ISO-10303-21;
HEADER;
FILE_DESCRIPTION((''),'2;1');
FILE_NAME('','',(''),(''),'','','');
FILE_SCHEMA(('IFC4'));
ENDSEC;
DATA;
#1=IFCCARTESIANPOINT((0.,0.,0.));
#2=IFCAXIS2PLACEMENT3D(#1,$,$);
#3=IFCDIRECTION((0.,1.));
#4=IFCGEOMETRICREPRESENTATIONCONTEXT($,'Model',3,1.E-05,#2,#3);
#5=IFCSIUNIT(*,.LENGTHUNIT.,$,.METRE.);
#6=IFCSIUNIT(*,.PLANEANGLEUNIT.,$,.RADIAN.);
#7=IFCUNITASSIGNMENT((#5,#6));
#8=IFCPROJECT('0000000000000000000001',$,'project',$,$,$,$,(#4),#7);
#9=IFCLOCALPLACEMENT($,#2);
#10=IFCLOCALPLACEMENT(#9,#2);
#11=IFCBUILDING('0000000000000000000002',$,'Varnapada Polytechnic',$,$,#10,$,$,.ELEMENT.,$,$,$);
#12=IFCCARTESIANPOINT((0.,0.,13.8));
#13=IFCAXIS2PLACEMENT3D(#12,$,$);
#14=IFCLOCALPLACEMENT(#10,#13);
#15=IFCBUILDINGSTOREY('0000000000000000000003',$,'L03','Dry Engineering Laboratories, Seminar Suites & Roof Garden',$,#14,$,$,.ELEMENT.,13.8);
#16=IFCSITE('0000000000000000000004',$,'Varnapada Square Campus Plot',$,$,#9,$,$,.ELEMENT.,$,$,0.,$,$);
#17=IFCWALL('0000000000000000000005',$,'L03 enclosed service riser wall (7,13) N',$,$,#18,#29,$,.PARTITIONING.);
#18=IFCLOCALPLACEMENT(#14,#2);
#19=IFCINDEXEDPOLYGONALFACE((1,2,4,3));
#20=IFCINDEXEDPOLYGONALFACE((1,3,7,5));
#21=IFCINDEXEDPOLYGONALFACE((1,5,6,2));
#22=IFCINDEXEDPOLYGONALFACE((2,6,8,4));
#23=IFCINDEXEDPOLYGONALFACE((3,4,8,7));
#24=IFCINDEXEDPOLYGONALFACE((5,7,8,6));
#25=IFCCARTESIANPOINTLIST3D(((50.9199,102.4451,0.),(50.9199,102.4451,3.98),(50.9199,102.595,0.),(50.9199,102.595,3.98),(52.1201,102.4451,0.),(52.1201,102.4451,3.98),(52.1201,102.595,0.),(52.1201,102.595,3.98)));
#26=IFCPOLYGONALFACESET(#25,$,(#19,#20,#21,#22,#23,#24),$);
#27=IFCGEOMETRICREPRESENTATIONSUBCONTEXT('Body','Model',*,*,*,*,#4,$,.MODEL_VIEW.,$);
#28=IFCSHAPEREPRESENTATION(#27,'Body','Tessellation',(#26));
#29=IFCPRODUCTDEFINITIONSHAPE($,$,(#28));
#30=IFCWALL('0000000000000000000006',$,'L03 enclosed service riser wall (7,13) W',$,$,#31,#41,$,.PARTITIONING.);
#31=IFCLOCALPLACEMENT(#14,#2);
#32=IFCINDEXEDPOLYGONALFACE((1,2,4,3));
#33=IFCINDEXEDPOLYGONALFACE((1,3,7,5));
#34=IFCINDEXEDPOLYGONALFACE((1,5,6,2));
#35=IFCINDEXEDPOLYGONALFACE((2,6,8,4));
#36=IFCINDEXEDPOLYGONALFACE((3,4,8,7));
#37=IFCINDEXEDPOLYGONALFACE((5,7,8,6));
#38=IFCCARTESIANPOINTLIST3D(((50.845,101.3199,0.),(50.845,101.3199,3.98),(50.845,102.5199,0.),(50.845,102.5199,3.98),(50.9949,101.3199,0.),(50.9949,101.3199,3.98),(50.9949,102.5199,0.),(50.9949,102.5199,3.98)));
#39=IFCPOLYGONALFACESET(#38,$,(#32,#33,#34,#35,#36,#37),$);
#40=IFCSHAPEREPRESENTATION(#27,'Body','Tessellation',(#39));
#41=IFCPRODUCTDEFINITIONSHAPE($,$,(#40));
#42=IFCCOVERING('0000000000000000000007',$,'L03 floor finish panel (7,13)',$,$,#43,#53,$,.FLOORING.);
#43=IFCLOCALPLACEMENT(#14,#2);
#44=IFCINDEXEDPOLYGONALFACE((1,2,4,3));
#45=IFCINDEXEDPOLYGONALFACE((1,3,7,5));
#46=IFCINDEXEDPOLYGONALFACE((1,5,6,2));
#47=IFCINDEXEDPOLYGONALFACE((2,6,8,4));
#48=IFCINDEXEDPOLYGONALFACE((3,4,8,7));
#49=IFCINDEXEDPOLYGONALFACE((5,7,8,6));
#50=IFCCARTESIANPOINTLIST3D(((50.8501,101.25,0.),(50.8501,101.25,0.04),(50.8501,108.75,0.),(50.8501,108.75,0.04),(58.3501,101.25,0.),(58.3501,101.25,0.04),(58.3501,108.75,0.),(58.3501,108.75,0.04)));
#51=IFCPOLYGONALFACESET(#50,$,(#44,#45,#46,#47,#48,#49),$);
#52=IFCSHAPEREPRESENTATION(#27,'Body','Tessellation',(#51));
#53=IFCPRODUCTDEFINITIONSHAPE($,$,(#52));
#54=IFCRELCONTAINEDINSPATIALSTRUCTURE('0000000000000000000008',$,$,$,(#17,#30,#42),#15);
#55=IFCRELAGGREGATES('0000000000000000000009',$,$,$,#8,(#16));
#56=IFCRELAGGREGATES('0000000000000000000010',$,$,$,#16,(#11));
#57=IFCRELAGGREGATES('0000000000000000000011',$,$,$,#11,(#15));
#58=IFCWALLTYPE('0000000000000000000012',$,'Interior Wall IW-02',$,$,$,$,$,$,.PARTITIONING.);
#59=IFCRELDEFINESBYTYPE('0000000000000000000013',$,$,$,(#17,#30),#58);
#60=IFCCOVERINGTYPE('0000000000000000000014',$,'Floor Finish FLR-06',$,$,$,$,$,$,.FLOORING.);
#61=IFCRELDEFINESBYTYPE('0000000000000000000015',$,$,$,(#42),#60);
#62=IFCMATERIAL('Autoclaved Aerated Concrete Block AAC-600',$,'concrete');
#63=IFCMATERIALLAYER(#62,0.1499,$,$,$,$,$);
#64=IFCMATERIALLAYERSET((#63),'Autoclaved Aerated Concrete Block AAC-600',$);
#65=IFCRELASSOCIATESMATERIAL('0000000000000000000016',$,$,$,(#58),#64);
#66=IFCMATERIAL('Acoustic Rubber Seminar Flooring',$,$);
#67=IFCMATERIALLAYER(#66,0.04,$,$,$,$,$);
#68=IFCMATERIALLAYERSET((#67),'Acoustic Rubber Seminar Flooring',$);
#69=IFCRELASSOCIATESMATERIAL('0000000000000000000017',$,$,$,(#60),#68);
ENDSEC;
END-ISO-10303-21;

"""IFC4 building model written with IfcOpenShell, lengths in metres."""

from ifc_helpers import new_model, si_unit, direction, frame, frame_2d, origin, origin_2d, place, context, subcontext, project, spatial, rectangle, extrude, material, layer, layer_set, type_object, element, save


model = new_model("IFC4")

# Units and contexts
model_context = context("Model", 3, precision=1e-05, world=origin(), true_north=direction((0.0, 1.0)))
body_context = subcontext(model_context, "Body", "Model", "MODEL_VIEW")
ifc_project = project(units=[si_unit("LENGTHUNIT", "METRE"), si_unit("PLANEANGLEUNIT", "RADIAN")], contexts=[model_context])

# Site, building, storey
site_placement = place(None, origin())
site = spatial("IfcSite", under=ifc_project, at=site_placement, Name="Varnapada Square Campus Plot", CompositionType="ELEMENT", RefElevation=0.0)
building_placement = place(site_placement, origin())
building = spatial("IfcBuilding", under=site, at=building_placement, Name="Varnapada Polytechnic", CompositionType="ELEMENT")
storey_placement = place(building_placement, frame((0.0, 0.0, 13.8)))
storey = spatial("IfcBuildingStorey", under=building, at=storey_placement, Name="L03", Description="Dry Engineering Laboratories, Seminar Suites & Roof Garden", CompositionType="ELEMENT", Elevation=13.8)

# Walls
ifc_material_1 = material(Name="Autoclaved Aerated Concrete Block AAC-600", Category="concrete")
ifc_layer_1 = layer(ifc_material_1, 0.1499)
ifc_layer_set_1 = layer_set([ifc_layer_1], Name="Autoclaved Aerated Concrete Block AAC-600")
wall_type = type_object("IfcWallType", Name="Interior Wall IW-02", PredefinedType="PARTITIONING", material=ifc_layer_set_1)
wall_1_placement = place(storey_placement, frame((52.1201, 102.52, 0.0), z_axis=(0.0, 0.0, 1.0), x_axis=(-1.0, 0.0, 0.0)))
element("IfcWall", 1, at=wall_1_placement, inside=storey, type_object=wall_type, Name="L03 enclosed service riser wall (7,13) N", PredefinedType="PARTITIONING", context=body_context, shape_type="SweptSolid", body=[
    extrude(rectangle(XDim=1.2002, YDim=0.1499, at=frame_2d((0.6001, 0.0))), origin(), (0.0, 0.0, 1.0), 3.98),
])
wall_2_placement = place(storey_placement, frame((50.9199, 102.52, 0.0), z_axis=(0.0, 0.0, 1.0), x_axis=(0.0, -1.0, 0.0)))
element("IfcWall", 2, at=wall_2_placement, inside=storey, type_object=wall_type, Name="L03 enclosed service riser wall (7,13) W", PredefinedType="PARTITIONING", context=body_context, shape_type="SweptSolid", body=[
    extrude(rectangle(XDim=1.2, YDim=0.1499, at=frame_2d((0.6001, 0.0))), origin(), (0.0, 0.0, 1.0), 3.98),
])

# Covering
ifc_material_2 = material(Name="Acoustic Rubber Seminar Flooring")
ifc_layer_2 = layer(ifc_material_2, 0.04)
ifc_layer_set_2 = layer_set([ifc_layer_2], Name="Acoustic Rubber Seminar Flooring")
covering_type = type_object("IfcCoveringType", Name="Floor Finish FLR-06", PredefinedType="FLOORING", material=ifc_layer_set_2)
covering_placement = place(storey_placement, frame((54.6001, 105.0, 0.0), z_axis=(0.0, 0.0, 1.0), x_axis=(1.0, 0.0, 0.0)))
element("IfcCovering", 3, at=covering_placement, inside=storey, type_object=covering_type, Name="L03 floor finish panel (7,13)", PredefinedType="FLOORING", context=body_context, shape_type="SweptSolid", body=[
    extrude(rectangle(XDim=7.5, YDim=7.5, at=origin_2d()), origin(), (0.0, 0.0, 1.0), 0.04),
])

save(model, "model.ifc")
